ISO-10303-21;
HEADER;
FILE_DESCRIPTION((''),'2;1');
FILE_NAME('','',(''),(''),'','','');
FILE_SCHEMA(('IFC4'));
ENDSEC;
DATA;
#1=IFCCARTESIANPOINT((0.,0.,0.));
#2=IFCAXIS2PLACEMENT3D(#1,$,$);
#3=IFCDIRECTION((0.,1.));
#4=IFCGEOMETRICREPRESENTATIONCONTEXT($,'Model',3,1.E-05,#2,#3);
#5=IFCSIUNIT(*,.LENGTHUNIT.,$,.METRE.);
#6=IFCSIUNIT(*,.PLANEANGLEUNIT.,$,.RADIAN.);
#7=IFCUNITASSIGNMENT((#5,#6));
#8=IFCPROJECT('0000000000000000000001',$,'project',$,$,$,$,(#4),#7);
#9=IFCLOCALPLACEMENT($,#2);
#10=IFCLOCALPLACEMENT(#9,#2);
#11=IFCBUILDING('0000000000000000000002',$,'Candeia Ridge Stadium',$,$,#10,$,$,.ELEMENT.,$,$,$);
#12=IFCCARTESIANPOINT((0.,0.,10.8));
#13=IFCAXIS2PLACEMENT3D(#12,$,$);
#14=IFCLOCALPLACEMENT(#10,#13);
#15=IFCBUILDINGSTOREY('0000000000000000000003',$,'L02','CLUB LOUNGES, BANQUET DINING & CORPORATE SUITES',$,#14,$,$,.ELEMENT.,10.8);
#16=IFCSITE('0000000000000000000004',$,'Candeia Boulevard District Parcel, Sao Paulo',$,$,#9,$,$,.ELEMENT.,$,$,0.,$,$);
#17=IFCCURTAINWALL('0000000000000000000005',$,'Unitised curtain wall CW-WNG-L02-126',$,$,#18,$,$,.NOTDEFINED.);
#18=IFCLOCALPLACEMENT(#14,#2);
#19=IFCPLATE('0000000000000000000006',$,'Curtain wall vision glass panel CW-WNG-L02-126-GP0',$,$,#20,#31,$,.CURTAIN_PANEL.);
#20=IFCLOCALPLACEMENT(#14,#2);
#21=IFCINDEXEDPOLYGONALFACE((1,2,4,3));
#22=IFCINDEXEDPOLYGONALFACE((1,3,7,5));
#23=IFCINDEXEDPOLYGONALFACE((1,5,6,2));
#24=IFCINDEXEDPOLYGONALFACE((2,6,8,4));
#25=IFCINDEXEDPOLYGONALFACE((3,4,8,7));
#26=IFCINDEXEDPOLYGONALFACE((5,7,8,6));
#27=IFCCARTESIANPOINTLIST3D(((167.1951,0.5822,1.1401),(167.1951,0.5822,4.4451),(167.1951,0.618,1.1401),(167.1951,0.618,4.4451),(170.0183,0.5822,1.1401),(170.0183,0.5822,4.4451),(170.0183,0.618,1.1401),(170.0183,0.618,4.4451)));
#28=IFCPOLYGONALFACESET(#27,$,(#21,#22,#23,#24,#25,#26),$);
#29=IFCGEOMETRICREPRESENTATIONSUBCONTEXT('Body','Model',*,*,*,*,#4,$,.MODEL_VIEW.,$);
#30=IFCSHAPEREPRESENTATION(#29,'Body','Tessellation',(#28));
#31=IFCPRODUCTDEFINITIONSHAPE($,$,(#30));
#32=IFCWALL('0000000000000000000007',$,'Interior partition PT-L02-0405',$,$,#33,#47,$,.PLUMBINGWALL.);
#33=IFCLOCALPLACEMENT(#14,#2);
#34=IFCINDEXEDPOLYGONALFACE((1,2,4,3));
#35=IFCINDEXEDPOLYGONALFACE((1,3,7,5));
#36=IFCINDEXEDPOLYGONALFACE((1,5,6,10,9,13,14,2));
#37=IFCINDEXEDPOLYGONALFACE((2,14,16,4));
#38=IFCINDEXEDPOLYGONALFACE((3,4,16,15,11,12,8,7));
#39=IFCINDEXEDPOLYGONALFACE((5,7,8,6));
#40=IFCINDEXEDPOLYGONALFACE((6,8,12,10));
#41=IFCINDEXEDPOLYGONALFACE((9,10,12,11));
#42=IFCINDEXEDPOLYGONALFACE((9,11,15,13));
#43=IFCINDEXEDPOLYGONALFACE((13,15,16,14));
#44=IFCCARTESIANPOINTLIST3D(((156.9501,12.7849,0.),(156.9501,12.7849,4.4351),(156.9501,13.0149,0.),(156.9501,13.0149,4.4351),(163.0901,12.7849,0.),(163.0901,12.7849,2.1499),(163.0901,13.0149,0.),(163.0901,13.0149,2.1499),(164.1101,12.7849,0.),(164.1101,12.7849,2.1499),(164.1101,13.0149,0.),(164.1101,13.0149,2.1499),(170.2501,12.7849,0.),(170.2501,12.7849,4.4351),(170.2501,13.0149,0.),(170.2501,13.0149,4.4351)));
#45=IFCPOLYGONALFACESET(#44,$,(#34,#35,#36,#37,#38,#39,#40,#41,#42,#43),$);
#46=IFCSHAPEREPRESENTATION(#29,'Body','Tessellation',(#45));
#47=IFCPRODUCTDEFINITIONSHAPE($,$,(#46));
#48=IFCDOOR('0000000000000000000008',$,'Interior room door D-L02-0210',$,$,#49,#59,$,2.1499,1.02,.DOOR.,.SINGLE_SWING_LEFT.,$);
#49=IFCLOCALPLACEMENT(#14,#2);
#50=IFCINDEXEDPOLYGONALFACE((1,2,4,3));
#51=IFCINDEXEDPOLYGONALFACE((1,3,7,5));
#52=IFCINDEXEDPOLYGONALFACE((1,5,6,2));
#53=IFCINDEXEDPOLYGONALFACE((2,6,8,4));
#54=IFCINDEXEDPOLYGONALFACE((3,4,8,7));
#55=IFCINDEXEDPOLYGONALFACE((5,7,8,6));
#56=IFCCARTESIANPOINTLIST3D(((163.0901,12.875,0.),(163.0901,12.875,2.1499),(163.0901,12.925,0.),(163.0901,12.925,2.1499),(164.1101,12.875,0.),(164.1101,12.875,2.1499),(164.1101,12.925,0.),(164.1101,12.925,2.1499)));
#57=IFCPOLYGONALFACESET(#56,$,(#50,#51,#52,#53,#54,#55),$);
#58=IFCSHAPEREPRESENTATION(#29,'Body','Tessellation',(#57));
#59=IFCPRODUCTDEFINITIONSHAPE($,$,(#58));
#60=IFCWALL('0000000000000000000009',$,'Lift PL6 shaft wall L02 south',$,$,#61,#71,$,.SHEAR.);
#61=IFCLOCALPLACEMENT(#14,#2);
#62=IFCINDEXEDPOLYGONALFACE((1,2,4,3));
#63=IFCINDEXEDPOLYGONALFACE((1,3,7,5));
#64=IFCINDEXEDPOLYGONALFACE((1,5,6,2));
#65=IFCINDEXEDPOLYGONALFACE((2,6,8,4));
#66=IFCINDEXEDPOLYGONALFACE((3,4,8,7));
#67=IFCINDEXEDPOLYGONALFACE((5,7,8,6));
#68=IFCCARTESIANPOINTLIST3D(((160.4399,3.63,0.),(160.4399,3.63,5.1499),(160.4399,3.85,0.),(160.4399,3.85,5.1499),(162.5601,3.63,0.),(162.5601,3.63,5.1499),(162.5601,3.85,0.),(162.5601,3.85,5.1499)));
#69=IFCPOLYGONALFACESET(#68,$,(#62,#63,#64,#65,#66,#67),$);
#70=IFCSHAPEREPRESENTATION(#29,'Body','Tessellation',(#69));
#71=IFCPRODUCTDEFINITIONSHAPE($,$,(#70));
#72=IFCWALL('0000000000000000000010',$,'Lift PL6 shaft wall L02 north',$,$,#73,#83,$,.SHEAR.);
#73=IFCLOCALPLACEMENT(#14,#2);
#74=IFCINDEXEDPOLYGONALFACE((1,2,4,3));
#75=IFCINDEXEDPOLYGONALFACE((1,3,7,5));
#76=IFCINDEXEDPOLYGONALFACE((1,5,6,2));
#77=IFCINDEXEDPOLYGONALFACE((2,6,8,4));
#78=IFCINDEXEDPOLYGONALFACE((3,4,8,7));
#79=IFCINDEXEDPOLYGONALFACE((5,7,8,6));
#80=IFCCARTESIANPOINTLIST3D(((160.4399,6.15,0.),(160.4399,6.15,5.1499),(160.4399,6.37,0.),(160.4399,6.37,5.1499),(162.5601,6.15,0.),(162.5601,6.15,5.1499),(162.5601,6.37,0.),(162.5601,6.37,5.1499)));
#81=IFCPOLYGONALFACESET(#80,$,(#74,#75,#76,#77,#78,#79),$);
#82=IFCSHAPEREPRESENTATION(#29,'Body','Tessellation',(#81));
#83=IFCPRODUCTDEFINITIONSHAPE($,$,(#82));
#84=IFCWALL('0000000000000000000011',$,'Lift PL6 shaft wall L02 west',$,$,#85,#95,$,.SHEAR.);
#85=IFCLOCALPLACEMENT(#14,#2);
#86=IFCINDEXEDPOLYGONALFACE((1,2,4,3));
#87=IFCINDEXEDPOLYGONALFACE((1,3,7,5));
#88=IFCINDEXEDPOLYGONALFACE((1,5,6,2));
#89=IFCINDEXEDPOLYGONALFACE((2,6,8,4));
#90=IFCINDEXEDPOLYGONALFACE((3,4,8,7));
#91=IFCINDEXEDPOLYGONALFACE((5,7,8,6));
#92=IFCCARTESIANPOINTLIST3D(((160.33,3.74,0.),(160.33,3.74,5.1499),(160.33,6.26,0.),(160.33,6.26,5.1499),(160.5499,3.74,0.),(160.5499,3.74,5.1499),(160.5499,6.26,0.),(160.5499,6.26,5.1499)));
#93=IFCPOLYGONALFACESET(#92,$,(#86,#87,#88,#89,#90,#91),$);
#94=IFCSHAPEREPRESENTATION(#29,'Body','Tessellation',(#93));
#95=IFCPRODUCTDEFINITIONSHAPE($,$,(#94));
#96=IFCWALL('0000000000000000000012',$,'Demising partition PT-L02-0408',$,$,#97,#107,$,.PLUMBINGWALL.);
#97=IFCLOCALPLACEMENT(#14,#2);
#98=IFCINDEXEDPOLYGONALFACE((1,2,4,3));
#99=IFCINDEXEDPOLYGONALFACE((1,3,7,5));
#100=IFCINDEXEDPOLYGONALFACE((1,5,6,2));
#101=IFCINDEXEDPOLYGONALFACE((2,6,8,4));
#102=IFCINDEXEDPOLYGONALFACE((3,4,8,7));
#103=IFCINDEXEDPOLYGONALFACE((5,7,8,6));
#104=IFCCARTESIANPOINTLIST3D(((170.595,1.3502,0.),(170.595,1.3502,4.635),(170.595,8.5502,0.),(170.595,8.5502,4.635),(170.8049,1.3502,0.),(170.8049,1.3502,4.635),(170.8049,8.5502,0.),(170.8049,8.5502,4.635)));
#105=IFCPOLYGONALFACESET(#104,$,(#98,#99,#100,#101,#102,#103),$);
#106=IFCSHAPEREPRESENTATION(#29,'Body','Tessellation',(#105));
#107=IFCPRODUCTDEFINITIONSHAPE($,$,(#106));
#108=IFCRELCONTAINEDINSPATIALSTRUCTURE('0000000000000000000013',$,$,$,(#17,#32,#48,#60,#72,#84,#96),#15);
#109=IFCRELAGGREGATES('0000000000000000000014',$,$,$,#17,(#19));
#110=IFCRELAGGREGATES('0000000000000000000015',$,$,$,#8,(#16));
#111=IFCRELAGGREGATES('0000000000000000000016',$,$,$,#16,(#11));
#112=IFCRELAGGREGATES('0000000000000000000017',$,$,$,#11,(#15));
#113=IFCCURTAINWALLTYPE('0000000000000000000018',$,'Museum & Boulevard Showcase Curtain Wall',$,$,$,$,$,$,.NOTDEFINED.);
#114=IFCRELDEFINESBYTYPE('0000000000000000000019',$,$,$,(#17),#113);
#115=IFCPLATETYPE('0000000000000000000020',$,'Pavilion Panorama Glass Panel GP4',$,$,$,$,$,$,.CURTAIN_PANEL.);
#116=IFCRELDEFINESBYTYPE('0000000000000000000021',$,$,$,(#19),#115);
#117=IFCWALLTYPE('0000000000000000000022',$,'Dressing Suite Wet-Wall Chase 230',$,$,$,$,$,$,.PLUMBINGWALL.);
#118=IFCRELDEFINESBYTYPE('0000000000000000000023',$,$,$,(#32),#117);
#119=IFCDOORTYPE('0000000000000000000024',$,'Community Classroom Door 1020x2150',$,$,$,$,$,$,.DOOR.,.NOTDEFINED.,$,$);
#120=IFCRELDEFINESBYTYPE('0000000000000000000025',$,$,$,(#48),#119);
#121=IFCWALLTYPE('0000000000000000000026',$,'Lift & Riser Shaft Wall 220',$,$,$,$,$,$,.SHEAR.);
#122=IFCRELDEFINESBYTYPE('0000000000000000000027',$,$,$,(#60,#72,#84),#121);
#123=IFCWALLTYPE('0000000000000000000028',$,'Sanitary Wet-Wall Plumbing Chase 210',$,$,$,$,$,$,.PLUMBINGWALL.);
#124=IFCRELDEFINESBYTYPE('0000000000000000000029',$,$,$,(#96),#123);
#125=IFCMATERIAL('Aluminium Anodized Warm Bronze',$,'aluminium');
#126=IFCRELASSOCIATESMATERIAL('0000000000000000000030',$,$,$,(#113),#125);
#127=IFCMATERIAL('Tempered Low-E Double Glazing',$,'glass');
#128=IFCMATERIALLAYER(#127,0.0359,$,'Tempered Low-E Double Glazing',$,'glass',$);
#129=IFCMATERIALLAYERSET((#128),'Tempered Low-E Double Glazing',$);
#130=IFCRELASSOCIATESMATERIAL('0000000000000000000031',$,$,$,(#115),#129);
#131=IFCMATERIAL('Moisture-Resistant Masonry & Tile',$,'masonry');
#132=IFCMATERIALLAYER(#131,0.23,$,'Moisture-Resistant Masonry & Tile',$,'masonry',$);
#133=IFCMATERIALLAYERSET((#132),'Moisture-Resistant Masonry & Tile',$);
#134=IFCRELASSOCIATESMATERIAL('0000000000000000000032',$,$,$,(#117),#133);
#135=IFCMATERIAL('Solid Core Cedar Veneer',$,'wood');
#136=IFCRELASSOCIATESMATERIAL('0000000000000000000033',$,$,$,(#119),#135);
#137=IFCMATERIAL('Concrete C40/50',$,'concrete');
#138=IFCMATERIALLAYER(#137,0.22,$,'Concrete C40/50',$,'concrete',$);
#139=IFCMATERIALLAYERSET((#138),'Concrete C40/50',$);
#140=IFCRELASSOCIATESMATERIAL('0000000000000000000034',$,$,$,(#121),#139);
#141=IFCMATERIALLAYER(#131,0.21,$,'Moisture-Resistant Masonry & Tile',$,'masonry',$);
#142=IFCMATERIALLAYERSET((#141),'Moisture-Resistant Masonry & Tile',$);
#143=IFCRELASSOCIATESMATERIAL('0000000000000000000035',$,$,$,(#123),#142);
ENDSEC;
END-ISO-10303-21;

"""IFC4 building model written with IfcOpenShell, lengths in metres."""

from ifc_helpers import new_model, si_unit, direction, frame, frame_2d, origin, origin_2d, place, context, subcontext, project, spatial, rectangle, extrude, material, layer, layer_set, type_object, element, fill, aggregate, save


model = new_model("IFC4")

# Units and contexts
model_context = context("Model", 3, precision=1e-05, world=origin(), true_north=direction((0.0, 1.0)))
body_context = subcontext(model_context, "Body", "Model", "MODEL_VIEW")
ifc_project = project(units=[si_unit("LENGTHUNIT", "METRE"), si_unit("PLANEANGLEUNIT", "RADIAN")], contexts=[model_context])

# Site, building, storey
site_placement = place(None, origin())
site = spatial("IfcSite", under=ifc_project, at=site_placement, Name="Candeia Boulevard District Parcel, Sao Paulo", CompositionType="ELEMENT", RefElevation=0.0)
building_placement = place(site_placement, origin())
building = spatial("IfcBuilding", under=site, at=building_placement, Name="Candeia Ridge Stadium", CompositionType="ELEMENT")
storey_placement = place(building_placement, frame((0.0, 0.0, 10.8)))
storey = spatial("IfcBuildingStorey", under=building, at=storey_placement, Name="L02", Description="CLUB LOUNGES, BANQUET DINING & CORPORATE SUITES", CompositionType="ELEMENT", Elevation=10.8)

# Shared definitions
ifc_material_1 = material(Name="Concrete C40/50", Category="concrete")

# Curtain wall
ifc_material_2 = material(Name="Aluminium Anodized Warm Bronze", Category="aluminium")
curtain_wall_type = type_object("IfcCurtainWallType", Name="Museum & Boulevard Showcase Curtain Wall", PredefinedType="NOTDEFINED", material=ifc_material_2)
curtain_wall_placement = place(storey_placement, origin())
curtain_wall = element("IfcCurtainWall", 1, at=curtain_wall_placement, inside=storey, type_object=curtain_wall_type, Name="Unitised curtain wall CW-WNG-L02-126", PredefinedType="NOTDEFINED")

# Plate
ifc_material_3 = material(Name="Tempered Low-E Double Glazing", Category="glass")
ifc_layer_1 = layer(ifc_material_3, 0.0359, Name="Tempered Low-E Double Glazing", Category="glass")
ifc_layer_set_1 = layer_set([ifc_layer_1], Name="Tempered Low-E Double Glazing")
plate_type_1 = type_object("IfcPlateType", Name="Pavilion Panorama Glass Panel GP4", PredefinedType="CURTAIN_PANEL", material=ifc_layer_set_1)
plate_1_placement = place(storey_placement, frame((168.6067, 0.6001, 1.1401), z_axis=(0.0, 0.0, 1.0), x_axis=(1.0, 0.0, 0.0)))
plate_1 = element("IfcPlate", 2, at=plate_1_placement, type_object=plate_type_1, Name="Curtain wall vision glass panel CW-WNG-L02-126-GP0", PredefinedType="CURTAIN_PANEL", context=body_context, shape_type="SweptSolid", body=[
    extrude(rectangle(XDim=2.8232, YDim=0.0359, at=origin_2d()), origin(), (0.0, 0.0, 1.0), 3.3049),
])
aggregate(curtain_wall, [plate_1])

# Wall, opening, door
ifc_material_4 = material(Name="Moisture-Resistant Masonry & Tile", Category="masonry")
ifc_layer_2 = layer(ifc_material_4, 0.23, Name="Moisture-Resistant Masonry & Tile", Category="masonry")
ifc_layer_set_2 = layer_set([ifc_layer_2], Name="Moisture-Resistant Masonry & Tile")
wall_type_1 = type_object("IfcWallType", Name="Dressing Suite Wet-Wall Chase 230", PredefinedType="PLUMBINGWALL", material=ifc_layer_set_2)
wall_1_placement = place(storey_placement, frame((170.25, 12.8999, 0.0), z_axis=(0.0, 0.0, 1.0), x_axis=(-1.0, 0.0, 0.0)))
wall_1 = element("IfcWall", 3, at=wall_1_placement, inside=storey, type_object=wall_type_1, Name="Interior partition PT-L02-0405", PredefinedType="PLUMBINGWALL", context=body_context, shape_type="SweptSolid", body=[
    extrude(rectangle(XDim=13.3, YDim=0.23, at=frame_2d((6.6499, 0.0))), origin(), (0.0, 0.0, 1.0), 4.4351),
])
opening_1_placement = place(wall_1_placement, frame((6.1399, 0.0, 0.0)))
opening_1 = element("IfcOpeningElement", 4, at=opening_1_placement, cuts=wall_1, PredefinedType="OPENING", context=body_context, shape_type="SweptSolid", body=[
    extrude(rectangle(XDim=1.02, YDim=2.1499, at=frame_2d((0.51, 1.075))), frame((0.0, 0.125, 0.0), z_axis=(0.0, -1.0, 0.0), x_axis=(1.0, 0.0, 0.0)), (0.0, 0.0, 1.0), 0.25),
])
ifc_material_5 = material(Name="Solid Core Cedar Veneer", Category="wood")
door_type_1 = type_object("IfcDoorType", Name="Community Classroom Door 1020x2150", OperationType="NOTDEFINED", PredefinedType="DOOR", material=ifc_material_5)
door_1_placement = place(opening_1_placement, origin())
door_1 = element("IfcDoor", 5, at=door_1_placement, inside=storey, type_object=door_type_1, Name="Interior room door D-L02-0210", OperationType="SINGLE_SWING_LEFT", OverallHeight=2.1499, OverallWidth=1.02, PredefinedType="DOOR", context=body_context, shape_type="SweptSolid", body=[
    extrude(rectangle(XDim=1.02, YDim=2.1499, at=frame_2d((0.51, 1.075))), frame((0.0, 0.0249, 0.0), z_axis=(0.0, -1.0, 0.0), x_axis=(1.0, 0.0, 0.0)), (0.0, 0.0, 1.0), 0.05),
])
fill(opening_1, door_1)

# Wall
ifc_layer_3 = layer(ifc_material_1, 0.22, Name="Concrete C40/50", Category="concrete")
ifc_layer_set_3 = layer_set([ifc_layer_3], Name="Concrete C40/50")
wall_type_2 = type_object("IfcWallType", Name="Lift & Riser Shaft Wall 220", PredefinedType="SHEAR", material=ifc_layer_set_3)
wall_2_placement = place(storey_placement, frame((160.4399, 3.74, 0.0), z_axis=(0.0, 0.0, 1.0), x_axis=(1.0, 0.0, 0.0)))
element("IfcWall", 6, at=wall_2_placement, inside=storey, type_object=wall_type_2, Name="Lift PL6 shaft wall L02 south", PredefinedType="SHEAR", context=body_context, shape_type="SweptSolid", body=[
    extrude(rectangle(XDim=2.1201, YDim=0.22, at=frame_2d((1.0601, 0.0))), origin(), (0.0, 0.0, 1.0), 5.1499),
])

# Walls
wall_3_placement = place(storey_placement, frame((162.5601, 6.26, 0.0), z_axis=(0.0, 0.0, 1.0), x_axis=(-1.0, 0.0, 0.0)))
element("IfcWall", 7, at=wall_3_placement, inside=storey, type_object=wall_type_2, Name="Lift PL6 shaft wall L02 north", PredefinedType="SHEAR", context=body_context, shape_type="SweptSolid", body=[
    extrude(rectangle(XDim=2.1201, YDim=0.22, at=frame_2d((1.0601, 0.0))), origin(), (0.0, 0.0, 1.0), 5.1499),
])
wall_4_placement = place(storey_placement, frame((160.4399, 6.26, 0.0), z_axis=(0.0, 0.0, 1.0), x_axis=(0.0, -1.0, 0.0)))
element("IfcWall", 8, at=wall_4_placement, inside=storey, type_object=wall_type_2, Name="Lift PL6 shaft wall L02 west", PredefinedType="SHEAR", context=body_context, shape_type="SweptSolid", body=[
    extrude(rectangle(XDim=2.52, YDim=0.22, at=frame_2d((1.26, 0.0))), origin(), (0.0, 0.0, 1.0), 5.1499),
])
ifc_layer_4 = layer(ifc_material_4, 0.21, Name="Moisture-Resistant Masonry & Tile", Category="masonry")
ifc_layer_set_4 = layer_set([ifc_layer_4], Name="Moisture-Resistant Masonry & Tile")
wall_type_3 = type_object("IfcWallType", Name="Sanitary Wet-Wall Plumbing Chase 210", PredefinedType="PLUMBINGWALL", material=ifc_layer_set_4)
wall_5_placement = place(storey_placement, frame((170.7, 1.3501, 0.0), z_axis=(0.0, 0.0, 1.0), x_axis=(0.0, 1.0, 0.0)))
element("IfcWall", 9, at=wall_5_placement, inside=storey, type_object=wall_type_3, Name="Demising partition PT-L02-0408", PredefinedType="PLUMBINGWALL", context=body_context, shape_type="SweptSolid", body=[
    extrude(rectangle(XDim=7.2, YDim=0.21, at=frame_2d((3.6001, 0.0))), origin(), (0.0, 0.0, 1.0), 4.635),
])

save(model, "model.ifc")
